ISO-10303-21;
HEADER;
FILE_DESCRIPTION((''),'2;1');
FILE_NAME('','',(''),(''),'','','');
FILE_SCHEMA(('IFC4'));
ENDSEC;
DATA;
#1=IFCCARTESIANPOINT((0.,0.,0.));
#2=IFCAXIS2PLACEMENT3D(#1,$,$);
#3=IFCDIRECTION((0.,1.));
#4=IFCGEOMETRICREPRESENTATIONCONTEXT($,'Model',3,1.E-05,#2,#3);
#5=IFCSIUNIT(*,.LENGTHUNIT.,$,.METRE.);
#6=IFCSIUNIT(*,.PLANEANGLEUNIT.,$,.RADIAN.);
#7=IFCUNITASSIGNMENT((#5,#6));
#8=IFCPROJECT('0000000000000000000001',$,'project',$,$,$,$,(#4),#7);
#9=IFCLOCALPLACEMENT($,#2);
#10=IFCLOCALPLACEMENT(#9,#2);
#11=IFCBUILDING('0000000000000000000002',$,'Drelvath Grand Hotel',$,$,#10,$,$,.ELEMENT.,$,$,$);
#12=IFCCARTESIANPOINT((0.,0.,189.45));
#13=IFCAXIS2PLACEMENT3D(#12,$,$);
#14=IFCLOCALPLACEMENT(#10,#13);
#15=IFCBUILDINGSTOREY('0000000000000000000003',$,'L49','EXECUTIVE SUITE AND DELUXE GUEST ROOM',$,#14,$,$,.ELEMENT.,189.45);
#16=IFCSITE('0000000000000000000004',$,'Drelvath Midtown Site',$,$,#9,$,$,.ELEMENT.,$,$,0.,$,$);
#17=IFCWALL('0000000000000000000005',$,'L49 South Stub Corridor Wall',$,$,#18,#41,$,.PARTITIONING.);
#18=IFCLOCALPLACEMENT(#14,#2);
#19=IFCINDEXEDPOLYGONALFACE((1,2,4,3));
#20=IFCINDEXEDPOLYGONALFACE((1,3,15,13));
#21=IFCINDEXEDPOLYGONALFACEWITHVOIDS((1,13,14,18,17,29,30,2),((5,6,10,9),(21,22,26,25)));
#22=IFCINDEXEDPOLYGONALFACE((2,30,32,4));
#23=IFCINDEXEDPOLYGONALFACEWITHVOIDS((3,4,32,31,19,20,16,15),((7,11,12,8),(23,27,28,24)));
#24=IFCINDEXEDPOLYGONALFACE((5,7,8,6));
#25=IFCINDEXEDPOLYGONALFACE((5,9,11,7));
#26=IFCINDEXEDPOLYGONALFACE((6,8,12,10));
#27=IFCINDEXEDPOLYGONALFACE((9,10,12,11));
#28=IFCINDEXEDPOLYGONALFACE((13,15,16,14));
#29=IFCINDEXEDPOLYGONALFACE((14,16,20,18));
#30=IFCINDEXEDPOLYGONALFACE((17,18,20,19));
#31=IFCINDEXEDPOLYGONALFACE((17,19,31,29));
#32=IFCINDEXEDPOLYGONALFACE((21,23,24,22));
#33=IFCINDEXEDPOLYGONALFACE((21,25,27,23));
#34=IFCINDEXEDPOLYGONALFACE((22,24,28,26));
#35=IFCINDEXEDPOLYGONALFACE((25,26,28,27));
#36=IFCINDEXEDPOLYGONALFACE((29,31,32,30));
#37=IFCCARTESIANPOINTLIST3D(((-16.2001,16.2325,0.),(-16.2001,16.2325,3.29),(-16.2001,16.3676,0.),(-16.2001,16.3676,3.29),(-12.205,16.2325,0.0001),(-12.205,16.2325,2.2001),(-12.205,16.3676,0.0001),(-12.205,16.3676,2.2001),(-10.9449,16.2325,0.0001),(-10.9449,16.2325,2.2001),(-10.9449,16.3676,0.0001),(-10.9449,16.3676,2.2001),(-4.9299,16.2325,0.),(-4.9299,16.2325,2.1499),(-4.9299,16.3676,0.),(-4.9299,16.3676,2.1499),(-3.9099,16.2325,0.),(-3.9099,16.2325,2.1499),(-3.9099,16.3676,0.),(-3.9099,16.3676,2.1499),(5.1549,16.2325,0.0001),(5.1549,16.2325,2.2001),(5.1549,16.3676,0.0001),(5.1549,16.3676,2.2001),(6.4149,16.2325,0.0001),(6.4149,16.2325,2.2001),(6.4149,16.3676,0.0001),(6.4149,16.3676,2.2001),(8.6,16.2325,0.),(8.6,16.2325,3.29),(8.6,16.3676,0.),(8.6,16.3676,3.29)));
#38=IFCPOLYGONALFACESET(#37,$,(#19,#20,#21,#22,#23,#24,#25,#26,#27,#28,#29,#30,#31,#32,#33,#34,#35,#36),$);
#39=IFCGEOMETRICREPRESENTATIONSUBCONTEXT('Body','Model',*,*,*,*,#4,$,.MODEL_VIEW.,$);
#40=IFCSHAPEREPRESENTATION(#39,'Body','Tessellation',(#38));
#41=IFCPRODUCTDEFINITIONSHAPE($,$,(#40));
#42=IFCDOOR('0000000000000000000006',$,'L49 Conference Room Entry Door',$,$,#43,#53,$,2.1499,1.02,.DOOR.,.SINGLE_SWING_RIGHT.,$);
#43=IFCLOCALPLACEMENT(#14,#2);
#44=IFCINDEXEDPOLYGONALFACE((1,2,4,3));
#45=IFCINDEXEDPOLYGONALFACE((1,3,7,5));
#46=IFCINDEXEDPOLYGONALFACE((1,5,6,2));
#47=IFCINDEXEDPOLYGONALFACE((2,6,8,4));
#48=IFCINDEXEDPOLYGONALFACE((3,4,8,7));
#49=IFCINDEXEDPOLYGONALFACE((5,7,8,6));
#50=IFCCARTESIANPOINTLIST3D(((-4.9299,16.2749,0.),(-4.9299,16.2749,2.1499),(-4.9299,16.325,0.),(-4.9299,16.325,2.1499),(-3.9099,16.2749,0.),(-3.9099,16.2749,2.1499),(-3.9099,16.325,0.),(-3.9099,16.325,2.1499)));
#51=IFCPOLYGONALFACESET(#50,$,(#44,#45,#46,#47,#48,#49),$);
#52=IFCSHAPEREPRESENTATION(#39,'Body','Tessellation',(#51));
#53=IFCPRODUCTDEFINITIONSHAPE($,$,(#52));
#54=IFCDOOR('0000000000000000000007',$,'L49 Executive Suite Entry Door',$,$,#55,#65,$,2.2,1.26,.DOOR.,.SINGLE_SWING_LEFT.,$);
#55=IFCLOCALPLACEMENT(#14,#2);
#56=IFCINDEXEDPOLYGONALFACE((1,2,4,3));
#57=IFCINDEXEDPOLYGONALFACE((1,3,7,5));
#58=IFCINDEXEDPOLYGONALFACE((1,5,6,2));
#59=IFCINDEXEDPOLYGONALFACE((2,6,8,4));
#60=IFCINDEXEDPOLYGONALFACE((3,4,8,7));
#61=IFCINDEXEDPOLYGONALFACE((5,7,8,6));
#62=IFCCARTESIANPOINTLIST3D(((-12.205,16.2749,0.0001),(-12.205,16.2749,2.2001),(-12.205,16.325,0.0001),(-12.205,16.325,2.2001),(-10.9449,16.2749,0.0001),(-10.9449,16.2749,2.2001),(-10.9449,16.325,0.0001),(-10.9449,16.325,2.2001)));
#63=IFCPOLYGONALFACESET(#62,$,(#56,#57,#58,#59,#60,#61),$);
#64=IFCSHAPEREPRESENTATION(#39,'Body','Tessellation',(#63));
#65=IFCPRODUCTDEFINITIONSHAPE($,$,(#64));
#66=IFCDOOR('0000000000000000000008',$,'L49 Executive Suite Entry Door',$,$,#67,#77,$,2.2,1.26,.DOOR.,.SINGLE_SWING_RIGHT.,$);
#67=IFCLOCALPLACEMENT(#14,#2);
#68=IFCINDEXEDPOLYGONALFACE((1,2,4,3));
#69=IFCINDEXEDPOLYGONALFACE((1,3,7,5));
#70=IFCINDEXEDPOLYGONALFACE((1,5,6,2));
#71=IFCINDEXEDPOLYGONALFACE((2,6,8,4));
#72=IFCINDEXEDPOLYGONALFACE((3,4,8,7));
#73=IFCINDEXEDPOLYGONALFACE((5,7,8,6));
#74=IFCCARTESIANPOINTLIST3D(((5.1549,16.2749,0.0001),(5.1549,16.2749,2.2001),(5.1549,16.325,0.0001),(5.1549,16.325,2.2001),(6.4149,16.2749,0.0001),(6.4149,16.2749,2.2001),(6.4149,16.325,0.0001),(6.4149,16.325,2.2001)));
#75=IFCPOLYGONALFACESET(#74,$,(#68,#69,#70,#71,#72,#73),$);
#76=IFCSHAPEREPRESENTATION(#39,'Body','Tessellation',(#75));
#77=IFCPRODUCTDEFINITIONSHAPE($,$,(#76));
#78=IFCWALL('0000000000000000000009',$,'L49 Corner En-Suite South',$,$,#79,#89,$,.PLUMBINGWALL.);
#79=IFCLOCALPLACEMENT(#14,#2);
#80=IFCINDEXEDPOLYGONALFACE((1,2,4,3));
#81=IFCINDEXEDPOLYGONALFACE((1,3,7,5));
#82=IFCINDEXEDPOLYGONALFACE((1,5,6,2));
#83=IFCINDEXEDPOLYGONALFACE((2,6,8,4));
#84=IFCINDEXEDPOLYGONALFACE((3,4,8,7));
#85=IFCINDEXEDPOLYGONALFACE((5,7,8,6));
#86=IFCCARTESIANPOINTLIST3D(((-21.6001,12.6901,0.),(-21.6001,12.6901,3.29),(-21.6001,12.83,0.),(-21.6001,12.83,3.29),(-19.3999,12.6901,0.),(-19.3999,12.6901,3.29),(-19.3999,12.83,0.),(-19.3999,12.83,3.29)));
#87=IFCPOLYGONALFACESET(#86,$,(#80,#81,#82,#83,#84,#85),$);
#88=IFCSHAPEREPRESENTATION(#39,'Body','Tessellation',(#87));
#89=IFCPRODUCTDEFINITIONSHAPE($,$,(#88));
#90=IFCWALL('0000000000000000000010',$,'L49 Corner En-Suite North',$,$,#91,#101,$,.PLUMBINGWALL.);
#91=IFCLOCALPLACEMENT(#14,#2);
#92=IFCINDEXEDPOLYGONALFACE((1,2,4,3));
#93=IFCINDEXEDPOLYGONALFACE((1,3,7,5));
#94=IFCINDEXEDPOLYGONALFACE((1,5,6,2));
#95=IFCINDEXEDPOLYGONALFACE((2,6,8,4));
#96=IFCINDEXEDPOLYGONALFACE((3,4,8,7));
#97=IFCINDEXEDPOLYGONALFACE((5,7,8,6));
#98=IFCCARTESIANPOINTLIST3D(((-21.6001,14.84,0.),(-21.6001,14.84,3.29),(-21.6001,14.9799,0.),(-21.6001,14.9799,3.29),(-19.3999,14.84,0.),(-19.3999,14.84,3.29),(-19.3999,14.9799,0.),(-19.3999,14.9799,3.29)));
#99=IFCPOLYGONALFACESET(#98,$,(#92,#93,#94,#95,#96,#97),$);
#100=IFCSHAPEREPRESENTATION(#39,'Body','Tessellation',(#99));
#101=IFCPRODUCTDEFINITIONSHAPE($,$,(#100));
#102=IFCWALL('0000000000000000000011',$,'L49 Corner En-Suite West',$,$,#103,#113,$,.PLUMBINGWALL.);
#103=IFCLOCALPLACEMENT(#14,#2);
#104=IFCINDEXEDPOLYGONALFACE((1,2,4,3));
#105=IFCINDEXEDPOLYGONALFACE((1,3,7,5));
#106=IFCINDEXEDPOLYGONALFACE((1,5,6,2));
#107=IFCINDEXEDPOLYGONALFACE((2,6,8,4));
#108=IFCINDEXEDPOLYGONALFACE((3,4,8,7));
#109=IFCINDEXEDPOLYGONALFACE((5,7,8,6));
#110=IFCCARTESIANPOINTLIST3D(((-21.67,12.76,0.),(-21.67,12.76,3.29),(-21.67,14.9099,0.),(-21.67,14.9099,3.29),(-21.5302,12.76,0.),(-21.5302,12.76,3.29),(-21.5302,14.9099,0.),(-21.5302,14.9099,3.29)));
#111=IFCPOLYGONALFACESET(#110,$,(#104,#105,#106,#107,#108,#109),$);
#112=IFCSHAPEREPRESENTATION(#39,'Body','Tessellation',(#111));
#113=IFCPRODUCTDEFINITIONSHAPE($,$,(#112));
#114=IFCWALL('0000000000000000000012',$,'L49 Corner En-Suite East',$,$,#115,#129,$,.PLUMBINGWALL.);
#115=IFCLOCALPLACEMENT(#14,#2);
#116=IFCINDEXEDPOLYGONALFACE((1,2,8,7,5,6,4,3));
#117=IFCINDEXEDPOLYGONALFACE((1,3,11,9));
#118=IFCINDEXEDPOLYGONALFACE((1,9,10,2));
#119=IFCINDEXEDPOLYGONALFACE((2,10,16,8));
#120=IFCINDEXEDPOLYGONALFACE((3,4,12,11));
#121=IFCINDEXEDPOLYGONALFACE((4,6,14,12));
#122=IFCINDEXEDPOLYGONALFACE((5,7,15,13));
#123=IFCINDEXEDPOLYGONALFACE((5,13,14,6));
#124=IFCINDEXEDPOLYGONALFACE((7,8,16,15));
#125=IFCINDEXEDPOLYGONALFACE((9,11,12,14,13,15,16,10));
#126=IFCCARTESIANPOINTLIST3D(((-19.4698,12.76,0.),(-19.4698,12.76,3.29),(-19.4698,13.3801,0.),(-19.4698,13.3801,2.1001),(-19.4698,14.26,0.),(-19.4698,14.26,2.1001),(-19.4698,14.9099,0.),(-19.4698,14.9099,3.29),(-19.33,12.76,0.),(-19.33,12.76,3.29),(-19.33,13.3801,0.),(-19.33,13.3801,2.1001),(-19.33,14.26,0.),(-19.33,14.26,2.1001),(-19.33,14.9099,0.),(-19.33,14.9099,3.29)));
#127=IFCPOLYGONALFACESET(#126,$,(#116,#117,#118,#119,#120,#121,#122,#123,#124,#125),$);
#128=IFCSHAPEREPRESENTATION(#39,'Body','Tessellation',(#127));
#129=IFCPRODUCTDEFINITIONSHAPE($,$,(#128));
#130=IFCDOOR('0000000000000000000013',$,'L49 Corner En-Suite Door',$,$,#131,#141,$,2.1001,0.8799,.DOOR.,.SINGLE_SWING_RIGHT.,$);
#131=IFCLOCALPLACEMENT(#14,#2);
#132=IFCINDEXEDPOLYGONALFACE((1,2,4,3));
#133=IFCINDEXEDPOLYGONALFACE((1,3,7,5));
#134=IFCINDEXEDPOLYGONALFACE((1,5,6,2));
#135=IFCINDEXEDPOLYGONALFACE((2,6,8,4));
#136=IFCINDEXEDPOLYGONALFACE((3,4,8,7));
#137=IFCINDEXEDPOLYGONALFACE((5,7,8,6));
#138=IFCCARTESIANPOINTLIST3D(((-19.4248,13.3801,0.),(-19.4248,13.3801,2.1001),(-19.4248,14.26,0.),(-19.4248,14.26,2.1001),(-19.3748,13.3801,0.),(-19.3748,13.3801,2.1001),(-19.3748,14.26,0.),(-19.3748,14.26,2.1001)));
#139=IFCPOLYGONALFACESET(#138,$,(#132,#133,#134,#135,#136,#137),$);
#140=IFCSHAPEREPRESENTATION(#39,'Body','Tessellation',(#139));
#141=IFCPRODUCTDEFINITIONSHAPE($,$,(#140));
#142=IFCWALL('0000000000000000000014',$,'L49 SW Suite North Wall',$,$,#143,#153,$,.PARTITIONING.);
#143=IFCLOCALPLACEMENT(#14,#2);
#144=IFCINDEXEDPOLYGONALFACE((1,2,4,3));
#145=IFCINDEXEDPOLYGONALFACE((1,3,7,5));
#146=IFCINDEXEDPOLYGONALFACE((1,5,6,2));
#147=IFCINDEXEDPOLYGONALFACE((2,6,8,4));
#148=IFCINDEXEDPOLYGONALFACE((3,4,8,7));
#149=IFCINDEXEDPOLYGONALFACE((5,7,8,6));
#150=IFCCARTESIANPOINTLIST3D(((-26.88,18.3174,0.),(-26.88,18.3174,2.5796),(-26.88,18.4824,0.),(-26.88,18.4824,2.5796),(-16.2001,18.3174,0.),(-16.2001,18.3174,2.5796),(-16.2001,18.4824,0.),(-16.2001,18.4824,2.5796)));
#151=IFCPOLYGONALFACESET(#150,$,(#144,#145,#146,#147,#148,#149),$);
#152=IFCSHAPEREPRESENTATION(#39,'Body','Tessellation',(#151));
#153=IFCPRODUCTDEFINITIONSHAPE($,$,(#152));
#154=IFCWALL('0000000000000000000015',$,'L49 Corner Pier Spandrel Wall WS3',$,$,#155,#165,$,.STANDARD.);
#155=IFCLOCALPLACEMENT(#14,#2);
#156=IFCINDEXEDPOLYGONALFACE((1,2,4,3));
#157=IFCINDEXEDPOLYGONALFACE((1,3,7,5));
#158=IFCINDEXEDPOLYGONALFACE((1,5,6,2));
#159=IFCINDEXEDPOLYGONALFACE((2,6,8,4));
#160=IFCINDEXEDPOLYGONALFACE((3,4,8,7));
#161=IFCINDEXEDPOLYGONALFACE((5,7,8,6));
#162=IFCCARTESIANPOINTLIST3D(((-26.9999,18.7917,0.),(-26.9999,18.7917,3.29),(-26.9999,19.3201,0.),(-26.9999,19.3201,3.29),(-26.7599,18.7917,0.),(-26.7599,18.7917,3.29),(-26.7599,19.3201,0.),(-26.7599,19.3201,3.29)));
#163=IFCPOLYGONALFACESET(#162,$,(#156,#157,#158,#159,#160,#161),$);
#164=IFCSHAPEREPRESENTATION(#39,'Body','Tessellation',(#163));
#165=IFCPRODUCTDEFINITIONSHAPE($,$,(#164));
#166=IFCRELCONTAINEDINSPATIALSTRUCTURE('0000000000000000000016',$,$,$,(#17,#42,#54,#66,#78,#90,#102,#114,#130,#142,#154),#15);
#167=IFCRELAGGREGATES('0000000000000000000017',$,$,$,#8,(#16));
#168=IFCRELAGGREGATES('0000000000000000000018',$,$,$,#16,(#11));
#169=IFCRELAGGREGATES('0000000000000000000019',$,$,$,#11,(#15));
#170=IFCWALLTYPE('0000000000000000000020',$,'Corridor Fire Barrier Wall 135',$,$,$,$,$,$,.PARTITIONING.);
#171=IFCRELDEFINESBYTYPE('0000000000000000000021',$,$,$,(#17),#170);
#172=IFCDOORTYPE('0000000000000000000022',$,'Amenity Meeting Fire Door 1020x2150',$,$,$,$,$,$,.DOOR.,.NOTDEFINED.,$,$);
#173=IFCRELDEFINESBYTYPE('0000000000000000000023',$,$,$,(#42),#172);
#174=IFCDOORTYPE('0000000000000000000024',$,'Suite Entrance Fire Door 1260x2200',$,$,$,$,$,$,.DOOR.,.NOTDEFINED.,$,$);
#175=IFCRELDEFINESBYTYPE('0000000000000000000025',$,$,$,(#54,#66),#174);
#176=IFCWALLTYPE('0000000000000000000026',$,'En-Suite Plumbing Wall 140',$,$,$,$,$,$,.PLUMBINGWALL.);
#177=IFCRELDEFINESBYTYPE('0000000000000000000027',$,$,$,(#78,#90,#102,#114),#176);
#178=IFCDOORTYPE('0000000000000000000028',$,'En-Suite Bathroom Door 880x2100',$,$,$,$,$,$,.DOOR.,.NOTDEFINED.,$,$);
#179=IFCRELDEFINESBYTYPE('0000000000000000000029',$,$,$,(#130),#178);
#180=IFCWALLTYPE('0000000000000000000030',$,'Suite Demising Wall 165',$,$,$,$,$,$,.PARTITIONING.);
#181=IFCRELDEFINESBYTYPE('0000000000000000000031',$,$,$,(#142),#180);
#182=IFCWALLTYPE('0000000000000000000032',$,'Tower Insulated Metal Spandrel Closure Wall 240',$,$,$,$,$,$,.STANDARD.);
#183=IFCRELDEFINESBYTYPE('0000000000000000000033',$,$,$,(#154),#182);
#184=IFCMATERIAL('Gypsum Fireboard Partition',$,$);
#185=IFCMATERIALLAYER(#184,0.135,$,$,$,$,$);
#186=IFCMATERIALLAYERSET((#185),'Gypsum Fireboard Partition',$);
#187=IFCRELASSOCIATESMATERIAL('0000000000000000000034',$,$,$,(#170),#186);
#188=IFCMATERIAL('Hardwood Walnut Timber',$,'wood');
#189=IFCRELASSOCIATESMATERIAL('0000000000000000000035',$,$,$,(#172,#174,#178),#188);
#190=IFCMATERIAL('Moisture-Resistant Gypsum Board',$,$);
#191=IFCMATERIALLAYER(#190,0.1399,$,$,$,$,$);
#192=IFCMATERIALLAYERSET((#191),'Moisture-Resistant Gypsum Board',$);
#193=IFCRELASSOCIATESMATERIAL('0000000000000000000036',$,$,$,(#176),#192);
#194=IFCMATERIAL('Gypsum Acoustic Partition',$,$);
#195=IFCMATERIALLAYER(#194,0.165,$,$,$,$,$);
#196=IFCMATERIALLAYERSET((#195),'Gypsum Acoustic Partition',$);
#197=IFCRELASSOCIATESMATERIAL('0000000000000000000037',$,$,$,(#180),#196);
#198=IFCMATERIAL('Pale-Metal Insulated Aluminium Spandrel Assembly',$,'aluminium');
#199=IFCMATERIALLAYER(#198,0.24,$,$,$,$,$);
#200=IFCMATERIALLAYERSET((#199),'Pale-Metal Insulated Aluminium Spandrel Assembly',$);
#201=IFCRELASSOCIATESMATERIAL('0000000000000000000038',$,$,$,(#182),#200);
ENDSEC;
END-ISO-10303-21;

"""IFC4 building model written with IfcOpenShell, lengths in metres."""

from ifc_helpers import new_model, si_unit, direction, frame, frame_2d, origin, place, context, subcontext, project, spatial, rectangle, extrude, material, layer, layer_set, type_object, element, fill, save


model = new_model("IFC4")

# Units and contexts
model_context = context("Model", 3, precision=1e-05, world=origin(), true_north=direction((0.0, 1.0)))
body_context = subcontext(model_context, "Body", "Model", "MODEL_VIEW")
ifc_project = project(units=[si_unit("LENGTHUNIT", "METRE"), si_unit("PLANEANGLEUNIT", "RADIAN")], contexts=[model_context])

# Site, building, storey
site_placement = place(None, origin())
site = spatial("IfcSite", under=ifc_project, at=site_placement, Name="Drelvath Midtown Site", CompositionType="ELEMENT", RefElevation=0.0)
building_placement = place(site_placement, origin())
building = spatial("IfcBuilding", under=site, at=building_placement, Name="Drelvath Grand Hotel", CompositionType="ELEMENT")
storey_placement = place(building_placement, frame((0.0, 0.0, 189.45)))
storey = spatial("IfcBuildingStorey", under=building, at=storey_placement, Name="L49", Description="EXECUTIVE SUITE AND DELUXE GUEST ROOM", CompositionType="ELEMENT", Elevation=189.45)

# Shared definitions
ifc_material_1 = material(Name="Gypsum Fireboard Partition")
ifc_layer_1 = layer(ifc_material_1, 0.135)
ifc_layer_set_1 = layer_set([ifc_layer_1], Name="Gypsum Fireboard Partition")
wall_type_1 = type_object("IfcWallType", Name="Corridor Fire Barrier Wall 135", PredefinedType="PARTITIONING", material=ifc_layer_set_1)

# Wall, openings, doors
wall_1_placement = place(storey_placement, frame((-16.2, 16.3, 0.0), z_axis=(0.0, 0.0, 1.0), x_axis=(1.0, 0.0, 0.0)))
wall_1 = element("IfcWall", 1, at=wall_1_placement, inside=storey, type_object=wall_type_1, Name="L49 South Stub Corridor Wall", PredefinedType="PARTITIONING", context=body_context, shape_type="SweptSolid", body=[
    extrude(rectangle(XDim=24.8, YDim=0.135, at=frame_2d((12.3999, 0.0))), origin(), (0.0, 0.0, 1.0), 3.29),
])
opening_1_placement = place(wall_1_placement, frame((3.9951, 0.0, 0.0)))
opening_1 = element("IfcOpeningElement", 2, at=opening_1_placement, cuts=wall_1, PredefinedType="OPENING", context=body_context, shape_type="SweptSolid", body=[
    extrude(rectangle(XDim=1.26, YDim=2.2, at=frame_2d((0.6299, 1.1001))), frame((0.0, 0.0774, 0.0), z_axis=(0.0, -1.0, 0.0), x_axis=(1.0, 0.0, 0.0)), (0.0, 0.0, 1.0), 0.155),
])
opening_2_placement = place(wall_1_placement, frame((11.27, 0.0, 0.0)))
opening_2 = element("IfcOpeningElement", 3, at=opening_2_placement, cuts=wall_1, PredefinedType="OPENING", context=body_context, shape_type="SweptSolid", body=[
    extrude(rectangle(XDim=1.02, YDim=2.1499, at=frame_2d((0.51, 1.075))), frame((0.0, 0.0774, 0.0), z_axis=(0.0, -1.0, 0.0), x_axis=(1.0, 0.0, 0.0)), (0.0, 0.0, 1.0), 0.155),
])
opening_3_placement = place(wall_1_placement, frame((21.355, 0.0, 0.0)))
opening_3 = element("IfcOpeningElement", 4, at=opening_3_placement, cuts=wall_1, PredefinedType="OPENING", context=body_context, shape_type="SweptSolid", body=[
    extrude(rectangle(XDim=1.26, YDim=2.2, at=frame_2d((0.6299, 1.1001))), frame((0.0, 0.0774, 0.0), z_axis=(0.0, -1.0, 0.0), x_axis=(1.0, 0.0, 0.0)), (0.0, 0.0, 1.0), 0.155),
])
ifc_material_2 = material(Name="Hardwood Walnut Timber", Category="wood")
door_type_1 = type_object("IfcDoorType", Name="Amenity Meeting Fire Door 1020x2150", OperationType="NOTDEFINED", PredefinedType="DOOR", material=ifc_material_2)
door_1_placement = place(opening_2_placement, origin())
door_1 = element("IfcDoor", 5, at=door_1_placement, inside=storey, type_object=door_type_1, Name="L49 Conference Room Entry Door", OperationType="SINGLE_SWING_RIGHT", OverallHeight=2.1499, OverallWidth=1.02, PredefinedType="DOOR", context=body_context, shape_type="SweptSolid", body=[
    extrude(rectangle(XDim=1.02, YDim=2.1499, at=frame_2d((0.51, 1.075))), frame((0.0, 0.0249, 0.0), z_axis=(0.0, -1.0, 0.0), x_axis=(1.0, 0.0, 0.0)), (0.0, 0.0, 1.0), 0.05),
])
fill(opening_2, door_1)
door_type_2 = type_object("IfcDoorType", Name="Suite Entrance Fire Door 1260x2200", OperationType="NOTDEFINED", PredefinedType="DOOR", material=ifc_material_2)
door_2_placement = place(opening_1_placement, origin())
door_2 = element("IfcDoor", 6, at=door_2_placement, inside=storey, type_object=door_type_2, Name="L49 Executive Suite Entry Door", OperationType="SINGLE_SWING_LEFT", OverallHeight=2.2, OverallWidth=1.26, PredefinedType="DOOR", context=body_context, shape_type="SweptSolid", body=[
    extrude(rectangle(XDim=1.26, YDim=2.2, at=frame_2d((0.6299, 1.1001))), frame((0.0, 0.0249, 0.0), z_axis=(0.0, -1.0, 0.0), x_axis=(1.0, 0.0, 0.0)), (0.0, 0.0, 1.0), 0.05),
])
fill(opening_1, door_2)
door_3_placement = place(opening_3_placement, origin())
door_3 = element("IfcDoor", 7, at=door_3_placement, inside=storey, type_object=door_type_2, Name="L49 Executive Suite Entry Door", OperationType="SINGLE_SWING_RIGHT", OverallHeight=2.2, OverallWidth=1.26, PredefinedType="DOOR", context=body_context, shape_type="SweptSolid", body=[
    extrude(rectangle(XDim=1.26, YDim=2.2, at=frame_2d((0.6299, 1.1001))), frame((0.0, 0.0249, 0.0), z_axis=(0.0, -1.0, 0.0), x_axis=(1.0, 0.0, 0.0)), (0.0, 0.0, 1.0), 0.05),
])
fill(opening_3, door_3)

# Walls
ifc_material_3 = material(Name="Moisture-Resistant Gypsum Board")
ifc_layer_2 = layer(ifc_material_3, 0.1399)
ifc_layer_set_2 = layer_set([ifc_layer_2], Name="Moisture-Resistant Gypsum Board")
wall_type_2 = type_object("IfcWallType", Name="En-Suite Plumbing Wall 140", PredefinedType="PLUMBINGWALL", material=ifc_layer_set_2)
for number, where, z_axis, x_axis, name in (
    (8, (-21.6001, 12.76, 0.0), (0.0, 0.0, 1.0), (1.0, 0.0, 0.0), "L49 Corner En-Suite South"),
    (9, (-21.6001, 14.9099, 0.0), (0.0, 0.0, 1.0), (1.0, 0.0, 0.0), "L49 Corner En-Suite North"),
):
    element("IfcWall", number, at=place(storey_placement, frame(where, z_axis=z_axis, x_axis=x_axis)), inside=storey, type_object=wall_type_2, Name=name, PredefinedType="PLUMBINGWALL", context=body_context, shape_type="SweptSolid", body=[
        extrude(rectangle(XDim=2.2002, YDim=0.1399, at=frame_2d((1.1001, 0.0))), origin(), (0.0, 0.0, 1.0), 3.29),
    ])
wall_2_placement = place(storey_placement, frame((-21.6001, 12.76, 0.0), z_axis=(0.0, 0.0, 1.0), x_axis=(0.0, 1.0, 0.0)))
element("IfcWall", 10, at=wall_2_placement, inside=storey, type_object=wall_type_2, Name="L49 Corner En-Suite West", PredefinedType="PLUMBINGWALL", context=body_context, shape_type="SweptSolid", body=[
    extrude(rectangle(XDim=2.1499, YDim=0.1399, at=frame_2d((1.075, 0.0))), origin(), (0.0, 0.0, 1.0), 3.29),
])

# Wall, opening, door
wall_3_placement = place(storey_placement, frame((-19.3999, 12.76, 0.0), z_axis=(0.0, 0.0, 1.0), x_axis=(0.0, 1.0, 0.0)))
wall_3 = element("IfcWall", 11, at=wall_3_placement, inside=storey, type_object=wall_type_2, Name="L49 Corner En-Suite East", PredefinedType="PLUMBINGWALL", context=body_context, shape_type="SweptSolid", body=[
    extrude(rectangle(XDim=2.1499, YDim=0.1399, at=frame_2d((1.075, 0.0))), origin(), (0.0, 0.0, 1.0), 3.29),
])
opening_4_placement = place(wall_3_placement, frame((0.6201, 0.0, 0.0)))
opening_4 = element("IfcOpeningElement", 12, at=opening_4_placement, cuts=wall_3, PredefinedType="OPENING", context=body_context, shape_type="SweptSolid", body=[
    extrude(rectangle(XDim=0.8799, YDim=2.1001, at=frame_2d((0.4399, 1.05))), frame((0.0, 0.0798, 0.0), z_axis=(0.0, -1.0, 0.0), x_axis=(1.0, 0.0, 0.0)), (0.0, 0.0, 1.0), 0.1599),
])
door_type_3 = type_object("IfcDoorType", Name="En-Suite Bathroom Door 880x2100", OperationType="NOTDEFINED", PredefinedType="DOOR", material=ifc_material_2)
door_4_placement = place(opening_4_placement, origin())
door_4 = element("IfcDoor", 13, at=door_4_placement, inside=storey, type_object=door_type_3, Name="L49 Corner En-Suite Door", OperationType="SINGLE_SWING_RIGHT", OverallHeight=2.1001, OverallWidth=0.8799, PredefinedType="DOOR", context=body_context, shape_type="SweptSolid", body=[
    extrude(rectangle(XDim=0.8799, YDim=2.1001, at=frame_2d((0.4399, 1.05))), frame((0.0, 0.0249, 0.0), z_axis=(0.0, -1.0, 0.0), x_axis=(1.0, 0.0, 0.0)), (0.0, 0.0, 1.0), 0.05),
])
fill(opening_4, door_4)

# Walls
ifc_material_4 = material(Name="Gypsum Acoustic Partition")
ifc_layer_3 = layer(ifc_material_4, 0.165)
ifc_layer_set_3 = layer_set([ifc_layer_3], Name="Gypsum Acoustic Partition")
wall_type_3 = type_object("IfcWallType", Name="Suite Demising Wall 165", PredefinedType="PARTITIONING", material=ifc_layer_set_3)
wall_4_placement = place(storey_placement, frame((-26.8799, 18.3999, 0.0), z_axis=(0.0, 0.0, 1.0), x_axis=(1.0, 0.0, 0.0)))
element("IfcWall", 14, at=wall_4_placement, inside=storey, type_object=wall_type_3, Name="L49 SW Suite North Wall", PredefinedType="PARTITIONING", context=body_context, shape_type="SweptSolid", body=[
    extrude(rectangle(XDim=10.6799, YDim=0.165, at=frame_2d((5.3398, 0.0))), origin(), (0.0, 0.0, 1.0), 2.5796),
])
ifc_material_5 = material(Name="Pale-Metal Insulated Aluminium Spandrel Assembly", Category="aluminium")
ifc_layer_4 = layer(ifc_material_5, 0.24)
ifc_layer_set_4 = layer_set([ifc_layer_4], Name="Pale-Metal Insulated Aluminium Spandrel Assembly")
wall_type_4 = type_object("IfcWallType", Name="Tower Insulated Metal Spandrel Closure Wall 240", PredefinedType="STANDARD", material=ifc_layer_set_4)
wall_5_placement = place(storey_placement, frame((-26.8799, 18.7917, 0.0), z_axis=(0.0, 0.0, 1.0), x_axis=(0.0, 1.0, 0.0)))
element("IfcWall", 15, at=wall_5_placement, inside=storey, type_object=wall_type_4, Name="L49 Corner Pier Spandrel Wall WS3", PredefinedType="STANDARD", context=body_context, shape_type="SweptSolid", body=[
    extrude(rectangle(XDim=0.5283, YDim=0.24, at=frame_2d((0.2642, 0.0))), origin(), (0.0, 0.0, 1.0), 3.29),
])

save(model, "model.ifc")
